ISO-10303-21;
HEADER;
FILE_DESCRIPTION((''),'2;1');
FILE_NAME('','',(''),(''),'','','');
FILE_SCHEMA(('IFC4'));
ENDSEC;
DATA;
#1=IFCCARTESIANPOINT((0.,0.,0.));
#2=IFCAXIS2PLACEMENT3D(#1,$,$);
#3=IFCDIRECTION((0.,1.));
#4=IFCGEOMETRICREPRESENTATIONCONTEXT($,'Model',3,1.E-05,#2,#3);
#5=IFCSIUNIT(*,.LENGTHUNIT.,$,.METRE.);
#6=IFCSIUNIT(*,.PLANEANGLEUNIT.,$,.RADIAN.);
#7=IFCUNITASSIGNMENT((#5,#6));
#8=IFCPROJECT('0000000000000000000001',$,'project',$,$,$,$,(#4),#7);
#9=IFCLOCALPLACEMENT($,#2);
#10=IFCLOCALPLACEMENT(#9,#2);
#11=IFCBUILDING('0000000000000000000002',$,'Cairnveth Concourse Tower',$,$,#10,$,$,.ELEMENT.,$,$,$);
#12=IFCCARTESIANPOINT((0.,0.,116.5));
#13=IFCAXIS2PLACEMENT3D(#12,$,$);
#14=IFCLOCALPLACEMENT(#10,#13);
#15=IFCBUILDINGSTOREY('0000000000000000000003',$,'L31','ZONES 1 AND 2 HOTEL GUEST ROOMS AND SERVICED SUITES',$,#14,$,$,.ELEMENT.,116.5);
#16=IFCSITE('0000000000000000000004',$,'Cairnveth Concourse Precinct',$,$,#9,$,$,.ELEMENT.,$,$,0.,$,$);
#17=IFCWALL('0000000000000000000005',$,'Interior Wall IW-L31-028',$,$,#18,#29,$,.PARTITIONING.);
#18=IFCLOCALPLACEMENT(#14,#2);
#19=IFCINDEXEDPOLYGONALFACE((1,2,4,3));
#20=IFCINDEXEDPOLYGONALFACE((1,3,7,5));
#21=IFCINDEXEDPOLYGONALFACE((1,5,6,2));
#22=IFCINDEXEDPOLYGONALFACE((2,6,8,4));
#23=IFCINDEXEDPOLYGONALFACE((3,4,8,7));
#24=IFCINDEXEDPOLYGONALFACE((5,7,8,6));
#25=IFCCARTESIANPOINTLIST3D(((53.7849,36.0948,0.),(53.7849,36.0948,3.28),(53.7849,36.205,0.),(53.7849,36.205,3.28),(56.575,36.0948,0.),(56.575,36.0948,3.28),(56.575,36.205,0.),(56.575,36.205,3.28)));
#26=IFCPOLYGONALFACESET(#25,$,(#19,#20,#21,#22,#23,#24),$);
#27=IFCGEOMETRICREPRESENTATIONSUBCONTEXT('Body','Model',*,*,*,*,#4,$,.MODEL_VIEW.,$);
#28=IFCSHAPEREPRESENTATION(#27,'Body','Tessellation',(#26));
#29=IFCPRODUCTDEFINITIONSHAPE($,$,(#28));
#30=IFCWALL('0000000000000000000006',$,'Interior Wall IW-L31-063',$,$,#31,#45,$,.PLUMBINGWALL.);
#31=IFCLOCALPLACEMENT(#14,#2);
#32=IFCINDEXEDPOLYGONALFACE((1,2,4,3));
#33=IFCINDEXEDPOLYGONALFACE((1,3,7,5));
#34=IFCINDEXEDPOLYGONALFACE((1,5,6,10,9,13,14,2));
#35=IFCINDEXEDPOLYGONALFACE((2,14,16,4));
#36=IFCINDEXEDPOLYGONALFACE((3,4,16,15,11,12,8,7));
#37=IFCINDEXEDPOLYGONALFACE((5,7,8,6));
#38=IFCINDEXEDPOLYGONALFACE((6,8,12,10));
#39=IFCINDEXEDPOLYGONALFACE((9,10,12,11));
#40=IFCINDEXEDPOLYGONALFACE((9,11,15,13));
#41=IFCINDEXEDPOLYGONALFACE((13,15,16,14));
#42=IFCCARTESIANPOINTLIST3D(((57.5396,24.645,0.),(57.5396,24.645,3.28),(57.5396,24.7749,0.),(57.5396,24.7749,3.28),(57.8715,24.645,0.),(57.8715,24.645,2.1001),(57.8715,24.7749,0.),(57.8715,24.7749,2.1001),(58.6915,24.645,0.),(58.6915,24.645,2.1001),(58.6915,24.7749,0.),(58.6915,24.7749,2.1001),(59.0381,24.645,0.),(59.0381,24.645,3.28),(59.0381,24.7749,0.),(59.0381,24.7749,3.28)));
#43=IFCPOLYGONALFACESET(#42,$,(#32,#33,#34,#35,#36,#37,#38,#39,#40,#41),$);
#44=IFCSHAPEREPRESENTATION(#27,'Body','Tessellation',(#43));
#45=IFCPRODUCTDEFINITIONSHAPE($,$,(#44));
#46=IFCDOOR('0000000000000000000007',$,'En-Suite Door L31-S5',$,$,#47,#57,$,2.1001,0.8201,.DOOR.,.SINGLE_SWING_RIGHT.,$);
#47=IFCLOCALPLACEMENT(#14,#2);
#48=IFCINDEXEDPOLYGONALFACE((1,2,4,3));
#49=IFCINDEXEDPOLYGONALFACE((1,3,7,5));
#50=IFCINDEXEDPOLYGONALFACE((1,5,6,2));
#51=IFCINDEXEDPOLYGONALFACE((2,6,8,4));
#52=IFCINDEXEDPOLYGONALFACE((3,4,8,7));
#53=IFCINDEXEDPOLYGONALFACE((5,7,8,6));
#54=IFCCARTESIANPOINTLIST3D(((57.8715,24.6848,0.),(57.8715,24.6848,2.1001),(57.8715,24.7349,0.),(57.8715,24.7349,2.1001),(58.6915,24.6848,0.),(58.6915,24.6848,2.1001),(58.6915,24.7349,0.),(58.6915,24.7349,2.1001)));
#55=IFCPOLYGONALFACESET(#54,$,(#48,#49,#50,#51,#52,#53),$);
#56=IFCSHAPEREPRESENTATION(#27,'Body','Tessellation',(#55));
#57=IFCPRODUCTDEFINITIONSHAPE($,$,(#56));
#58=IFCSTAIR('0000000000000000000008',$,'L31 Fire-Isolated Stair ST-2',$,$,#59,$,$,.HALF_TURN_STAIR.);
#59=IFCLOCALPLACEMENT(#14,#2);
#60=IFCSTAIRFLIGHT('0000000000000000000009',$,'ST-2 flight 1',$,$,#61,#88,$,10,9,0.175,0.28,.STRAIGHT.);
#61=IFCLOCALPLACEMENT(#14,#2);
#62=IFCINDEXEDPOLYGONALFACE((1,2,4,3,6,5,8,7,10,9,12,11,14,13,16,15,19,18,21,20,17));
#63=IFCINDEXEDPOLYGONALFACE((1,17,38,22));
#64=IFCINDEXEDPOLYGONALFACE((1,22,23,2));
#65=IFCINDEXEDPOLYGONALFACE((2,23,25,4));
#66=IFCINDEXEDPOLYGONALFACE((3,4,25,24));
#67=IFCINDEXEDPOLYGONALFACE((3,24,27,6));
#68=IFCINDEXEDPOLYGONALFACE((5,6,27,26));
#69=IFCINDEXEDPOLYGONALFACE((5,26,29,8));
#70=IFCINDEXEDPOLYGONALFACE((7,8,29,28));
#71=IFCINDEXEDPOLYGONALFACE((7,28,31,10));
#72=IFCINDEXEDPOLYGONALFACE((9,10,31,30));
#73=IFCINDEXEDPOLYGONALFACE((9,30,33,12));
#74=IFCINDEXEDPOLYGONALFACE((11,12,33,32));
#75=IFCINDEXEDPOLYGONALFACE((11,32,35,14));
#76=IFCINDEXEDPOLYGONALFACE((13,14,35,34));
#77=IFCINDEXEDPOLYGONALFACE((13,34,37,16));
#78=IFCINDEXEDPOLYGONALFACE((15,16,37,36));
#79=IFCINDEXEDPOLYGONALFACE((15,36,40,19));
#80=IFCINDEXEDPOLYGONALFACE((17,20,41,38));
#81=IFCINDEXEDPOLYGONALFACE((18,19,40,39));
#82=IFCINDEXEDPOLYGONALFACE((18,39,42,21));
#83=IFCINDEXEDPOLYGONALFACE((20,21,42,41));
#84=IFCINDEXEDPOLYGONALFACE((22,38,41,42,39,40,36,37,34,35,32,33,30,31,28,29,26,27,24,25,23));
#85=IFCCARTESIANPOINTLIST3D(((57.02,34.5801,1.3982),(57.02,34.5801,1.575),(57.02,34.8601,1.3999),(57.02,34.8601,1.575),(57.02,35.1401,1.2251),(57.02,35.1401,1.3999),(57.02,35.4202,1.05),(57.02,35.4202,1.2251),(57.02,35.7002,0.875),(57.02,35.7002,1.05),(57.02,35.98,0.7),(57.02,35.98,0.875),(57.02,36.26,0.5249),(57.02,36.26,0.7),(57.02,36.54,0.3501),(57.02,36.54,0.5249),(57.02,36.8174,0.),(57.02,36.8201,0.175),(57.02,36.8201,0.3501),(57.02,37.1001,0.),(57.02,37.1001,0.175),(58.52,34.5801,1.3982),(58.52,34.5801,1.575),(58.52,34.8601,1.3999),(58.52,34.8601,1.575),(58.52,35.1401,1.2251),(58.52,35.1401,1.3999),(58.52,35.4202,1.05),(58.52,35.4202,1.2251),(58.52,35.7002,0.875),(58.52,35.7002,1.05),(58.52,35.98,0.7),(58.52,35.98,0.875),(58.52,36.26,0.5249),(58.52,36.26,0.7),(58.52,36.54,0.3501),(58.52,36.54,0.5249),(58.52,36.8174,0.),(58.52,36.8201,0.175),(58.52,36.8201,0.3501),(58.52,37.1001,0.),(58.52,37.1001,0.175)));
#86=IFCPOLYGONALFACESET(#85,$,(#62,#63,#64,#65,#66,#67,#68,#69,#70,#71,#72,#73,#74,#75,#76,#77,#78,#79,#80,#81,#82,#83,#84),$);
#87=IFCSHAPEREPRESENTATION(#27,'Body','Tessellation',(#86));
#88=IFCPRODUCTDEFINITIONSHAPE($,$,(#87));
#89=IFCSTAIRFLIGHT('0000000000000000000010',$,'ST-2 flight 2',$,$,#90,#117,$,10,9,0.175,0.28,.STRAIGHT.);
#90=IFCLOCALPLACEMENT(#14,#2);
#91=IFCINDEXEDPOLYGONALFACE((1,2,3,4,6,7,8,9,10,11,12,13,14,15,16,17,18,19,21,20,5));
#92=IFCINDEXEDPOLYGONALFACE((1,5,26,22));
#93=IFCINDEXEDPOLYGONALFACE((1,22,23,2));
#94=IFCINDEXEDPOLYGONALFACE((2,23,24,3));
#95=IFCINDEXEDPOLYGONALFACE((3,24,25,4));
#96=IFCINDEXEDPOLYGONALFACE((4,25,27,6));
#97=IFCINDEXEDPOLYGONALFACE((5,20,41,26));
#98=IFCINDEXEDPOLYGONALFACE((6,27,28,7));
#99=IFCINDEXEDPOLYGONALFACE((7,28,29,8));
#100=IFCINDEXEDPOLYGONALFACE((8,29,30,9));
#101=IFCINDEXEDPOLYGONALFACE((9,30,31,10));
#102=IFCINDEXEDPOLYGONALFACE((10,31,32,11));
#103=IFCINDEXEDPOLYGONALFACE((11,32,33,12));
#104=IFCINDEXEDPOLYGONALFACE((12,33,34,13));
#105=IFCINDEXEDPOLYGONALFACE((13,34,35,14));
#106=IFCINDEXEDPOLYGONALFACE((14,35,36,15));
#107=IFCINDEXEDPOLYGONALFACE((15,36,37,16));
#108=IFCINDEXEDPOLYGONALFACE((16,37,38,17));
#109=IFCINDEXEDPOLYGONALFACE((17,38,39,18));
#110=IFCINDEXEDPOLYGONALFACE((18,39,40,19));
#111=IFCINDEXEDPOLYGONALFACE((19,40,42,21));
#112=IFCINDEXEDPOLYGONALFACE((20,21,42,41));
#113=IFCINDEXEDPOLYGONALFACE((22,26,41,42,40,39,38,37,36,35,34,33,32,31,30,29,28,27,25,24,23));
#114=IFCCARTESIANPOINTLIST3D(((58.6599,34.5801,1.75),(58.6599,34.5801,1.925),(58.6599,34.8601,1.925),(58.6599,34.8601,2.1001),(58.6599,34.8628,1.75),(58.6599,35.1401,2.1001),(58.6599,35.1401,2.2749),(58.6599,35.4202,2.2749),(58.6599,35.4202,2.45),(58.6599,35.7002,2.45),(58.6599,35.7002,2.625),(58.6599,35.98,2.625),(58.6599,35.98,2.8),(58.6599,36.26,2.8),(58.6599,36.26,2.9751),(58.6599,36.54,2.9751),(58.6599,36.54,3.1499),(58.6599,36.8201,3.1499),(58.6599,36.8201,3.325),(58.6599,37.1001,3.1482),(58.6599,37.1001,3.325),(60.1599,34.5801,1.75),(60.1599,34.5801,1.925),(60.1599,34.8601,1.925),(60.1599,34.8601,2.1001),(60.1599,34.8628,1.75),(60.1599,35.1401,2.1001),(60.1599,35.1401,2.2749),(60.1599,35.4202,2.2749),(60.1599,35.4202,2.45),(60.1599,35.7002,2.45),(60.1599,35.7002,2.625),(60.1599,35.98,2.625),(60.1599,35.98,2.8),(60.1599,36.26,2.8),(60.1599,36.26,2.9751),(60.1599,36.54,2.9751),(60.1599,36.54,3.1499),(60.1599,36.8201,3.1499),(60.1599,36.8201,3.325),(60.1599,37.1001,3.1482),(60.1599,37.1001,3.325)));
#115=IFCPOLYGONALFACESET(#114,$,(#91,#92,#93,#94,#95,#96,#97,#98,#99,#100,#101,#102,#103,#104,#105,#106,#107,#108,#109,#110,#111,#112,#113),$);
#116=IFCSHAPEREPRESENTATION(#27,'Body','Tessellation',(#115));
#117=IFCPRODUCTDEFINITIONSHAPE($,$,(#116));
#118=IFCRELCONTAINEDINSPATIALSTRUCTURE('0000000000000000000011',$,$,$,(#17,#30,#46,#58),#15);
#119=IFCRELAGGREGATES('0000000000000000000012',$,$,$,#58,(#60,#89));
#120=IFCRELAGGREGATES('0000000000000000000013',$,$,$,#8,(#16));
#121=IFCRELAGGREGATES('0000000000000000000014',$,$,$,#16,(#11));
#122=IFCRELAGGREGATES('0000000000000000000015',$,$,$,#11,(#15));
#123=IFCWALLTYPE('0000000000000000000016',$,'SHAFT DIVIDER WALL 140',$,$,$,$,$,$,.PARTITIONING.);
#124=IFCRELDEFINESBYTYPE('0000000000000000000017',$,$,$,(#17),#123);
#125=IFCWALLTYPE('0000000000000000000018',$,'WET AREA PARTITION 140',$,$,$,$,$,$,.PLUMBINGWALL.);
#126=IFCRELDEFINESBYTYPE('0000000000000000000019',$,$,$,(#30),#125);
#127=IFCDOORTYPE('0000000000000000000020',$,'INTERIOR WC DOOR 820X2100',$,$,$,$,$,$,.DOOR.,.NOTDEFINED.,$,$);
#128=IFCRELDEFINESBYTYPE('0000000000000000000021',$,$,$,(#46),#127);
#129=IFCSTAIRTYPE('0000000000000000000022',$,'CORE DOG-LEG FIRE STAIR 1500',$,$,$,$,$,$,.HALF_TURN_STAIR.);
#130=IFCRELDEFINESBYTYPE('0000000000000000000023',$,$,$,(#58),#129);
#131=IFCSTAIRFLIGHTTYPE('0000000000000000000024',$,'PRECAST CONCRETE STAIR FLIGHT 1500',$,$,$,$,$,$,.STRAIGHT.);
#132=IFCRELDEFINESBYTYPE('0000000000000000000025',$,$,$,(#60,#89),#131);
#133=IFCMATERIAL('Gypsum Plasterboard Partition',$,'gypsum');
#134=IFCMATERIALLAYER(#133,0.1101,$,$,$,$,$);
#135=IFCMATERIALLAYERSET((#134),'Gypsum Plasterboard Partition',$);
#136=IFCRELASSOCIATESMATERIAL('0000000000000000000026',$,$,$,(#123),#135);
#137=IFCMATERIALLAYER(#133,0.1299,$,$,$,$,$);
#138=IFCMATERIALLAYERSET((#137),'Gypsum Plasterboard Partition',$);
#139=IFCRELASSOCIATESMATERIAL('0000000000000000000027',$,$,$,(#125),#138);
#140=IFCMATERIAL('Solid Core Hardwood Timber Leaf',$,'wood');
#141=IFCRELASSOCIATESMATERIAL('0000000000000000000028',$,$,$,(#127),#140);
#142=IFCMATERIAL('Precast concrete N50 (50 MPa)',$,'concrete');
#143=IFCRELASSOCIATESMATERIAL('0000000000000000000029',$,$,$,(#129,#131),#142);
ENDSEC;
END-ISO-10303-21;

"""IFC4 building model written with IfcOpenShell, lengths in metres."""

from ifc_helpers import new_model, si_unit, direction, frame, frame_2d, origin, place, context, subcontext, project, spatial, polyline, rectangle, outline, extrude, material, layer, layer_set, type_object, element, fill, aggregate, save


model = new_model("IFC4")

# Units and contexts
model_context = context("Model", 3, precision=1e-05, world=origin(), true_north=direction((0.0, 1.0)))
body_context = subcontext(model_context, "Body", "Model", "MODEL_VIEW")
ifc_project = project(units=[si_unit("LENGTHUNIT", "METRE"), si_unit("PLANEANGLEUNIT", "RADIAN")], contexts=[model_context])

# Site, building, storey
site_placement = place(None, origin())
site = spatial("IfcSite", under=ifc_project, at=site_placement, Name="Cairnveth Concourse Precinct", CompositionType="ELEMENT", RefElevation=0.0)
building_placement = place(site_placement, origin())
building = spatial("IfcBuilding", under=site, at=building_placement, Name="Cairnveth Concourse Tower", CompositionType="ELEMENT")
storey_placement = place(building_placement, frame((0.0, 0.0, 116.5)))
storey = spatial("IfcBuildingStorey", under=building, at=storey_placement, Name="L31", Description="ZONES 1 AND 2 HOTEL GUEST ROOMS AND SERVICED SUITES", CompositionType="ELEMENT", Elevation=116.5)

# Shared definitions
ifc_material_1 = material(Name="Gypsum Plasterboard Partition", Category="gypsum")

# Wall
ifc_layer_1 = layer(ifc_material_1, 0.1101)
ifc_layer_set_1 = layer_set([ifc_layer_1], Name="Gypsum Plasterboard Partition")
wall_type_1 = type_object("IfcWallType", Name="SHAFT DIVIDER WALL 140", PredefinedType="PARTITIONING", material=ifc_layer_set_1)
for number, where, z_axis, x_axis, name in (
    (1, (53.7849, 36.1499, 0.0), (0.0, 0.0, 1.0), (1.0, 0.0, 0.0), "Interior Wall IW-L31-028"),
):
    element("IfcWall", number, at=place(storey_placement, frame(where, z_axis=z_axis, x_axis=x_axis)), inside=storey, type_object=wall_type_1, Name=name, PredefinedType="PARTITIONING", context=body_context, shape_type="SweptSolid", body=[
        extrude(rectangle(XDim=2.79, YDim=0.1101, at=frame_2d((1.395, 0.0))), origin(), (0.0, 0.0, 1.0), 3.28),
    ])

# Wall, opening, door
ifc_layer_2 = layer(ifc_material_1, 0.1299)
ifc_layer_set_2 = layer_set([ifc_layer_2], Name="Gypsum Plasterboard Partition")
wall_type_2 = type_object("IfcWallType", Name="WET AREA PARTITION 140", PredefinedType="PLUMBINGWALL", material=ifc_layer_set_2)
wall_1_placement = place(storey_placement, frame((57.5396, 24.71, 0.0), z_axis=(0.0, 0.0, 1.0), x_axis=(1.0, 0.0, 0.0)))
wall_1 = element("IfcWall", 2, at=wall_1_placement, inside=storey, type_object=wall_type_2, Name="Interior Wall IW-L31-063", PredefinedType="PLUMBINGWALL", context=body_context, shape_type="SweptSolid", body=[
    extrude(rectangle(XDim=1.4985, YDim=0.1299, at=frame_2d((0.7493, 0.0))), origin(), (0.0, 0.0, 1.0), 3.28),
])
opening_1_placement = place(wall_1_placement, frame((0.3318, 0.0, 0.0)))
opening_1 = element("IfcOpeningElement", 3, at=opening_1_placement, cuts=wall_1, PredefinedType="OPENING", context=body_context, shape_type="SweptSolid", body=[
    extrude(rectangle(XDim=0.8201, YDim=2.1001, at=frame_2d((0.4102, 1.05))), frame((0.0, 0.075, 0.0), z_axis=(0.0, -1.0, 0.0), x_axis=(1.0, 0.0, 0.0)), (0.0, 0.0, 1.0), 0.1499),
])
ifc_material_2 = material(Name="Solid Core Hardwood Timber Leaf", Category="wood")
door_type_1 = type_object("IfcDoorType", Name="INTERIOR WC DOOR 820X2100", OperationType="NOTDEFINED", PredefinedType="DOOR", material=ifc_material_2)
door_1_placement = place(opening_1_placement, origin())
door_1 = element("IfcDoor", 4, at=door_1_placement, inside=storey, type_object=door_type_1, Name="En-Suite Door L31-S5", OperationType="SINGLE_SWING_RIGHT", OverallHeight=2.1001, OverallWidth=0.8201, PredefinedType="DOOR", context=body_context, shape_type="SweptSolid", body=[
    extrude(rectangle(XDim=0.8201, YDim=2.1001, at=frame_2d((0.4102, 1.05))), frame((0.0, 0.0249, 0.0), z_axis=(0.0, -1.0, 0.0), x_axis=(1.0, 0.0, 0.0)), (0.0, 0.0, 1.0), 0.05),
])
fill(opening_1, door_1)

# Stair, stair flights
ifc_material_3 = material(Name="Precast concrete N50 (50 MPa)", Category="concrete")
stair_type = type_object("IfcStairType", Name="CORE DOG-LEG FIRE STAIR 1500", PredefinedType="HALF_TURN_STAIR", material=ifc_material_3)
stair_placement = place(storey_placement, origin())
stair = element("IfcStair", 5, at=stair_placement, inside=storey, type_object=stair_type, Name="L31 Fire-Isolated Stair ST-2", PredefinedType="HALF_TURN_STAIR")
stair_flight_type = type_object("IfcStairFlightType", Name="PRECAST CONCRETE STAIR FLIGHT 1500", PredefinedType="STRAIGHT", material=ifc_material_3)
stair_flight_1_placement = place(storey_placement, frame((57.77, 37.1001, 0.0), z_axis=(0.0, 0.0, 1.0), x_axis=(0.0, -1.0, 0.0)))
stair_flight_1 = element("IfcStairFlight", 6, at=stair_flight_1_placement, type_object=stair_flight_type, Name="ST-2 flight 1", NumberOfRisers=10, NumberOfTreads=9, PredefinedType="STRAIGHT", RiserHeight=0.175, TreadLength=0.28, context=body_context, shape_type="SweptSolid", body=[
    extrude(outline(polyline([(0.0, 0.0), (0.0, 0.175), (0.28, 0.175), (0.28, 0.3501), (0.5601, 0.3501), (0.5601, 0.5249), (0.8401, 0.5249), (0.8401, 0.7), (1.1201, 0.7), (1.1201, 0.875), (1.3999, 0.875), (1.3999, 1.05), (1.6799, 1.05), (1.6799, 1.2251), (1.96, 1.2251), (1.96, 1.3999), (2.24, 1.3999), (2.24, 1.575), (2.52, 1.575), (2.52, 1.75), (2.52, 1.3982), (0.2827, 0.0), (0.0, 0.0)])), frame((0.0, 0.75, 0.0), z_axis=(0.0, -1.0, 0.0), x_axis=(1.0, 0.0, 0.0)), (0.0, 0.0, 1.0), 1.5),
])
stair_flight_2_placement = place(storey_placement, frame((59.4099, 34.5801, 1.75), z_axis=(0.0, 0.0, 1.0), x_axis=(0.0, 1.0, 0.0)))
stair_flight_2 = element("IfcStairFlight", 7, at=stair_flight_2_placement, type_object=stair_flight_type, Name="ST-2 flight 2", NumberOfRisers=10, NumberOfTreads=9, PredefinedType="STRAIGHT", RiserHeight=0.175, TreadLength=0.28, context=body_context, shape_type="SweptSolid", body=[
    extrude(outline(polyline([(0.0, 0.0), (0.0, 0.175), (0.28, 0.175), (0.28, 0.3501), (0.5601, 0.3501), (0.5601, 0.5249), (0.8401, 0.5249), (0.8401, 0.7), (1.1201, 0.7), (1.1201, 0.875), (1.3999, 0.875), (1.3999, 1.05), (1.6799, 1.05), (1.6799, 1.2251), (1.96, 1.2251), (1.96, 1.3999), (2.24, 1.3999), (2.24, 1.575), (2.52, 1.575), (2.52, 1.75), (2.52, 1.3982), (0.2827, 0.0), (0.0, 0.0)])), frame((0.0, 0.75, 0.0), z_axis=(0.0, -1.0, 0.0), x_axis=(1.0, 0.0, 0.0)), (0.0, 0.0, 1.0), 1.5),
])
aggregate(stair, [stair_flight_1, stair_flight_2])

save(model, "model.ifc")
